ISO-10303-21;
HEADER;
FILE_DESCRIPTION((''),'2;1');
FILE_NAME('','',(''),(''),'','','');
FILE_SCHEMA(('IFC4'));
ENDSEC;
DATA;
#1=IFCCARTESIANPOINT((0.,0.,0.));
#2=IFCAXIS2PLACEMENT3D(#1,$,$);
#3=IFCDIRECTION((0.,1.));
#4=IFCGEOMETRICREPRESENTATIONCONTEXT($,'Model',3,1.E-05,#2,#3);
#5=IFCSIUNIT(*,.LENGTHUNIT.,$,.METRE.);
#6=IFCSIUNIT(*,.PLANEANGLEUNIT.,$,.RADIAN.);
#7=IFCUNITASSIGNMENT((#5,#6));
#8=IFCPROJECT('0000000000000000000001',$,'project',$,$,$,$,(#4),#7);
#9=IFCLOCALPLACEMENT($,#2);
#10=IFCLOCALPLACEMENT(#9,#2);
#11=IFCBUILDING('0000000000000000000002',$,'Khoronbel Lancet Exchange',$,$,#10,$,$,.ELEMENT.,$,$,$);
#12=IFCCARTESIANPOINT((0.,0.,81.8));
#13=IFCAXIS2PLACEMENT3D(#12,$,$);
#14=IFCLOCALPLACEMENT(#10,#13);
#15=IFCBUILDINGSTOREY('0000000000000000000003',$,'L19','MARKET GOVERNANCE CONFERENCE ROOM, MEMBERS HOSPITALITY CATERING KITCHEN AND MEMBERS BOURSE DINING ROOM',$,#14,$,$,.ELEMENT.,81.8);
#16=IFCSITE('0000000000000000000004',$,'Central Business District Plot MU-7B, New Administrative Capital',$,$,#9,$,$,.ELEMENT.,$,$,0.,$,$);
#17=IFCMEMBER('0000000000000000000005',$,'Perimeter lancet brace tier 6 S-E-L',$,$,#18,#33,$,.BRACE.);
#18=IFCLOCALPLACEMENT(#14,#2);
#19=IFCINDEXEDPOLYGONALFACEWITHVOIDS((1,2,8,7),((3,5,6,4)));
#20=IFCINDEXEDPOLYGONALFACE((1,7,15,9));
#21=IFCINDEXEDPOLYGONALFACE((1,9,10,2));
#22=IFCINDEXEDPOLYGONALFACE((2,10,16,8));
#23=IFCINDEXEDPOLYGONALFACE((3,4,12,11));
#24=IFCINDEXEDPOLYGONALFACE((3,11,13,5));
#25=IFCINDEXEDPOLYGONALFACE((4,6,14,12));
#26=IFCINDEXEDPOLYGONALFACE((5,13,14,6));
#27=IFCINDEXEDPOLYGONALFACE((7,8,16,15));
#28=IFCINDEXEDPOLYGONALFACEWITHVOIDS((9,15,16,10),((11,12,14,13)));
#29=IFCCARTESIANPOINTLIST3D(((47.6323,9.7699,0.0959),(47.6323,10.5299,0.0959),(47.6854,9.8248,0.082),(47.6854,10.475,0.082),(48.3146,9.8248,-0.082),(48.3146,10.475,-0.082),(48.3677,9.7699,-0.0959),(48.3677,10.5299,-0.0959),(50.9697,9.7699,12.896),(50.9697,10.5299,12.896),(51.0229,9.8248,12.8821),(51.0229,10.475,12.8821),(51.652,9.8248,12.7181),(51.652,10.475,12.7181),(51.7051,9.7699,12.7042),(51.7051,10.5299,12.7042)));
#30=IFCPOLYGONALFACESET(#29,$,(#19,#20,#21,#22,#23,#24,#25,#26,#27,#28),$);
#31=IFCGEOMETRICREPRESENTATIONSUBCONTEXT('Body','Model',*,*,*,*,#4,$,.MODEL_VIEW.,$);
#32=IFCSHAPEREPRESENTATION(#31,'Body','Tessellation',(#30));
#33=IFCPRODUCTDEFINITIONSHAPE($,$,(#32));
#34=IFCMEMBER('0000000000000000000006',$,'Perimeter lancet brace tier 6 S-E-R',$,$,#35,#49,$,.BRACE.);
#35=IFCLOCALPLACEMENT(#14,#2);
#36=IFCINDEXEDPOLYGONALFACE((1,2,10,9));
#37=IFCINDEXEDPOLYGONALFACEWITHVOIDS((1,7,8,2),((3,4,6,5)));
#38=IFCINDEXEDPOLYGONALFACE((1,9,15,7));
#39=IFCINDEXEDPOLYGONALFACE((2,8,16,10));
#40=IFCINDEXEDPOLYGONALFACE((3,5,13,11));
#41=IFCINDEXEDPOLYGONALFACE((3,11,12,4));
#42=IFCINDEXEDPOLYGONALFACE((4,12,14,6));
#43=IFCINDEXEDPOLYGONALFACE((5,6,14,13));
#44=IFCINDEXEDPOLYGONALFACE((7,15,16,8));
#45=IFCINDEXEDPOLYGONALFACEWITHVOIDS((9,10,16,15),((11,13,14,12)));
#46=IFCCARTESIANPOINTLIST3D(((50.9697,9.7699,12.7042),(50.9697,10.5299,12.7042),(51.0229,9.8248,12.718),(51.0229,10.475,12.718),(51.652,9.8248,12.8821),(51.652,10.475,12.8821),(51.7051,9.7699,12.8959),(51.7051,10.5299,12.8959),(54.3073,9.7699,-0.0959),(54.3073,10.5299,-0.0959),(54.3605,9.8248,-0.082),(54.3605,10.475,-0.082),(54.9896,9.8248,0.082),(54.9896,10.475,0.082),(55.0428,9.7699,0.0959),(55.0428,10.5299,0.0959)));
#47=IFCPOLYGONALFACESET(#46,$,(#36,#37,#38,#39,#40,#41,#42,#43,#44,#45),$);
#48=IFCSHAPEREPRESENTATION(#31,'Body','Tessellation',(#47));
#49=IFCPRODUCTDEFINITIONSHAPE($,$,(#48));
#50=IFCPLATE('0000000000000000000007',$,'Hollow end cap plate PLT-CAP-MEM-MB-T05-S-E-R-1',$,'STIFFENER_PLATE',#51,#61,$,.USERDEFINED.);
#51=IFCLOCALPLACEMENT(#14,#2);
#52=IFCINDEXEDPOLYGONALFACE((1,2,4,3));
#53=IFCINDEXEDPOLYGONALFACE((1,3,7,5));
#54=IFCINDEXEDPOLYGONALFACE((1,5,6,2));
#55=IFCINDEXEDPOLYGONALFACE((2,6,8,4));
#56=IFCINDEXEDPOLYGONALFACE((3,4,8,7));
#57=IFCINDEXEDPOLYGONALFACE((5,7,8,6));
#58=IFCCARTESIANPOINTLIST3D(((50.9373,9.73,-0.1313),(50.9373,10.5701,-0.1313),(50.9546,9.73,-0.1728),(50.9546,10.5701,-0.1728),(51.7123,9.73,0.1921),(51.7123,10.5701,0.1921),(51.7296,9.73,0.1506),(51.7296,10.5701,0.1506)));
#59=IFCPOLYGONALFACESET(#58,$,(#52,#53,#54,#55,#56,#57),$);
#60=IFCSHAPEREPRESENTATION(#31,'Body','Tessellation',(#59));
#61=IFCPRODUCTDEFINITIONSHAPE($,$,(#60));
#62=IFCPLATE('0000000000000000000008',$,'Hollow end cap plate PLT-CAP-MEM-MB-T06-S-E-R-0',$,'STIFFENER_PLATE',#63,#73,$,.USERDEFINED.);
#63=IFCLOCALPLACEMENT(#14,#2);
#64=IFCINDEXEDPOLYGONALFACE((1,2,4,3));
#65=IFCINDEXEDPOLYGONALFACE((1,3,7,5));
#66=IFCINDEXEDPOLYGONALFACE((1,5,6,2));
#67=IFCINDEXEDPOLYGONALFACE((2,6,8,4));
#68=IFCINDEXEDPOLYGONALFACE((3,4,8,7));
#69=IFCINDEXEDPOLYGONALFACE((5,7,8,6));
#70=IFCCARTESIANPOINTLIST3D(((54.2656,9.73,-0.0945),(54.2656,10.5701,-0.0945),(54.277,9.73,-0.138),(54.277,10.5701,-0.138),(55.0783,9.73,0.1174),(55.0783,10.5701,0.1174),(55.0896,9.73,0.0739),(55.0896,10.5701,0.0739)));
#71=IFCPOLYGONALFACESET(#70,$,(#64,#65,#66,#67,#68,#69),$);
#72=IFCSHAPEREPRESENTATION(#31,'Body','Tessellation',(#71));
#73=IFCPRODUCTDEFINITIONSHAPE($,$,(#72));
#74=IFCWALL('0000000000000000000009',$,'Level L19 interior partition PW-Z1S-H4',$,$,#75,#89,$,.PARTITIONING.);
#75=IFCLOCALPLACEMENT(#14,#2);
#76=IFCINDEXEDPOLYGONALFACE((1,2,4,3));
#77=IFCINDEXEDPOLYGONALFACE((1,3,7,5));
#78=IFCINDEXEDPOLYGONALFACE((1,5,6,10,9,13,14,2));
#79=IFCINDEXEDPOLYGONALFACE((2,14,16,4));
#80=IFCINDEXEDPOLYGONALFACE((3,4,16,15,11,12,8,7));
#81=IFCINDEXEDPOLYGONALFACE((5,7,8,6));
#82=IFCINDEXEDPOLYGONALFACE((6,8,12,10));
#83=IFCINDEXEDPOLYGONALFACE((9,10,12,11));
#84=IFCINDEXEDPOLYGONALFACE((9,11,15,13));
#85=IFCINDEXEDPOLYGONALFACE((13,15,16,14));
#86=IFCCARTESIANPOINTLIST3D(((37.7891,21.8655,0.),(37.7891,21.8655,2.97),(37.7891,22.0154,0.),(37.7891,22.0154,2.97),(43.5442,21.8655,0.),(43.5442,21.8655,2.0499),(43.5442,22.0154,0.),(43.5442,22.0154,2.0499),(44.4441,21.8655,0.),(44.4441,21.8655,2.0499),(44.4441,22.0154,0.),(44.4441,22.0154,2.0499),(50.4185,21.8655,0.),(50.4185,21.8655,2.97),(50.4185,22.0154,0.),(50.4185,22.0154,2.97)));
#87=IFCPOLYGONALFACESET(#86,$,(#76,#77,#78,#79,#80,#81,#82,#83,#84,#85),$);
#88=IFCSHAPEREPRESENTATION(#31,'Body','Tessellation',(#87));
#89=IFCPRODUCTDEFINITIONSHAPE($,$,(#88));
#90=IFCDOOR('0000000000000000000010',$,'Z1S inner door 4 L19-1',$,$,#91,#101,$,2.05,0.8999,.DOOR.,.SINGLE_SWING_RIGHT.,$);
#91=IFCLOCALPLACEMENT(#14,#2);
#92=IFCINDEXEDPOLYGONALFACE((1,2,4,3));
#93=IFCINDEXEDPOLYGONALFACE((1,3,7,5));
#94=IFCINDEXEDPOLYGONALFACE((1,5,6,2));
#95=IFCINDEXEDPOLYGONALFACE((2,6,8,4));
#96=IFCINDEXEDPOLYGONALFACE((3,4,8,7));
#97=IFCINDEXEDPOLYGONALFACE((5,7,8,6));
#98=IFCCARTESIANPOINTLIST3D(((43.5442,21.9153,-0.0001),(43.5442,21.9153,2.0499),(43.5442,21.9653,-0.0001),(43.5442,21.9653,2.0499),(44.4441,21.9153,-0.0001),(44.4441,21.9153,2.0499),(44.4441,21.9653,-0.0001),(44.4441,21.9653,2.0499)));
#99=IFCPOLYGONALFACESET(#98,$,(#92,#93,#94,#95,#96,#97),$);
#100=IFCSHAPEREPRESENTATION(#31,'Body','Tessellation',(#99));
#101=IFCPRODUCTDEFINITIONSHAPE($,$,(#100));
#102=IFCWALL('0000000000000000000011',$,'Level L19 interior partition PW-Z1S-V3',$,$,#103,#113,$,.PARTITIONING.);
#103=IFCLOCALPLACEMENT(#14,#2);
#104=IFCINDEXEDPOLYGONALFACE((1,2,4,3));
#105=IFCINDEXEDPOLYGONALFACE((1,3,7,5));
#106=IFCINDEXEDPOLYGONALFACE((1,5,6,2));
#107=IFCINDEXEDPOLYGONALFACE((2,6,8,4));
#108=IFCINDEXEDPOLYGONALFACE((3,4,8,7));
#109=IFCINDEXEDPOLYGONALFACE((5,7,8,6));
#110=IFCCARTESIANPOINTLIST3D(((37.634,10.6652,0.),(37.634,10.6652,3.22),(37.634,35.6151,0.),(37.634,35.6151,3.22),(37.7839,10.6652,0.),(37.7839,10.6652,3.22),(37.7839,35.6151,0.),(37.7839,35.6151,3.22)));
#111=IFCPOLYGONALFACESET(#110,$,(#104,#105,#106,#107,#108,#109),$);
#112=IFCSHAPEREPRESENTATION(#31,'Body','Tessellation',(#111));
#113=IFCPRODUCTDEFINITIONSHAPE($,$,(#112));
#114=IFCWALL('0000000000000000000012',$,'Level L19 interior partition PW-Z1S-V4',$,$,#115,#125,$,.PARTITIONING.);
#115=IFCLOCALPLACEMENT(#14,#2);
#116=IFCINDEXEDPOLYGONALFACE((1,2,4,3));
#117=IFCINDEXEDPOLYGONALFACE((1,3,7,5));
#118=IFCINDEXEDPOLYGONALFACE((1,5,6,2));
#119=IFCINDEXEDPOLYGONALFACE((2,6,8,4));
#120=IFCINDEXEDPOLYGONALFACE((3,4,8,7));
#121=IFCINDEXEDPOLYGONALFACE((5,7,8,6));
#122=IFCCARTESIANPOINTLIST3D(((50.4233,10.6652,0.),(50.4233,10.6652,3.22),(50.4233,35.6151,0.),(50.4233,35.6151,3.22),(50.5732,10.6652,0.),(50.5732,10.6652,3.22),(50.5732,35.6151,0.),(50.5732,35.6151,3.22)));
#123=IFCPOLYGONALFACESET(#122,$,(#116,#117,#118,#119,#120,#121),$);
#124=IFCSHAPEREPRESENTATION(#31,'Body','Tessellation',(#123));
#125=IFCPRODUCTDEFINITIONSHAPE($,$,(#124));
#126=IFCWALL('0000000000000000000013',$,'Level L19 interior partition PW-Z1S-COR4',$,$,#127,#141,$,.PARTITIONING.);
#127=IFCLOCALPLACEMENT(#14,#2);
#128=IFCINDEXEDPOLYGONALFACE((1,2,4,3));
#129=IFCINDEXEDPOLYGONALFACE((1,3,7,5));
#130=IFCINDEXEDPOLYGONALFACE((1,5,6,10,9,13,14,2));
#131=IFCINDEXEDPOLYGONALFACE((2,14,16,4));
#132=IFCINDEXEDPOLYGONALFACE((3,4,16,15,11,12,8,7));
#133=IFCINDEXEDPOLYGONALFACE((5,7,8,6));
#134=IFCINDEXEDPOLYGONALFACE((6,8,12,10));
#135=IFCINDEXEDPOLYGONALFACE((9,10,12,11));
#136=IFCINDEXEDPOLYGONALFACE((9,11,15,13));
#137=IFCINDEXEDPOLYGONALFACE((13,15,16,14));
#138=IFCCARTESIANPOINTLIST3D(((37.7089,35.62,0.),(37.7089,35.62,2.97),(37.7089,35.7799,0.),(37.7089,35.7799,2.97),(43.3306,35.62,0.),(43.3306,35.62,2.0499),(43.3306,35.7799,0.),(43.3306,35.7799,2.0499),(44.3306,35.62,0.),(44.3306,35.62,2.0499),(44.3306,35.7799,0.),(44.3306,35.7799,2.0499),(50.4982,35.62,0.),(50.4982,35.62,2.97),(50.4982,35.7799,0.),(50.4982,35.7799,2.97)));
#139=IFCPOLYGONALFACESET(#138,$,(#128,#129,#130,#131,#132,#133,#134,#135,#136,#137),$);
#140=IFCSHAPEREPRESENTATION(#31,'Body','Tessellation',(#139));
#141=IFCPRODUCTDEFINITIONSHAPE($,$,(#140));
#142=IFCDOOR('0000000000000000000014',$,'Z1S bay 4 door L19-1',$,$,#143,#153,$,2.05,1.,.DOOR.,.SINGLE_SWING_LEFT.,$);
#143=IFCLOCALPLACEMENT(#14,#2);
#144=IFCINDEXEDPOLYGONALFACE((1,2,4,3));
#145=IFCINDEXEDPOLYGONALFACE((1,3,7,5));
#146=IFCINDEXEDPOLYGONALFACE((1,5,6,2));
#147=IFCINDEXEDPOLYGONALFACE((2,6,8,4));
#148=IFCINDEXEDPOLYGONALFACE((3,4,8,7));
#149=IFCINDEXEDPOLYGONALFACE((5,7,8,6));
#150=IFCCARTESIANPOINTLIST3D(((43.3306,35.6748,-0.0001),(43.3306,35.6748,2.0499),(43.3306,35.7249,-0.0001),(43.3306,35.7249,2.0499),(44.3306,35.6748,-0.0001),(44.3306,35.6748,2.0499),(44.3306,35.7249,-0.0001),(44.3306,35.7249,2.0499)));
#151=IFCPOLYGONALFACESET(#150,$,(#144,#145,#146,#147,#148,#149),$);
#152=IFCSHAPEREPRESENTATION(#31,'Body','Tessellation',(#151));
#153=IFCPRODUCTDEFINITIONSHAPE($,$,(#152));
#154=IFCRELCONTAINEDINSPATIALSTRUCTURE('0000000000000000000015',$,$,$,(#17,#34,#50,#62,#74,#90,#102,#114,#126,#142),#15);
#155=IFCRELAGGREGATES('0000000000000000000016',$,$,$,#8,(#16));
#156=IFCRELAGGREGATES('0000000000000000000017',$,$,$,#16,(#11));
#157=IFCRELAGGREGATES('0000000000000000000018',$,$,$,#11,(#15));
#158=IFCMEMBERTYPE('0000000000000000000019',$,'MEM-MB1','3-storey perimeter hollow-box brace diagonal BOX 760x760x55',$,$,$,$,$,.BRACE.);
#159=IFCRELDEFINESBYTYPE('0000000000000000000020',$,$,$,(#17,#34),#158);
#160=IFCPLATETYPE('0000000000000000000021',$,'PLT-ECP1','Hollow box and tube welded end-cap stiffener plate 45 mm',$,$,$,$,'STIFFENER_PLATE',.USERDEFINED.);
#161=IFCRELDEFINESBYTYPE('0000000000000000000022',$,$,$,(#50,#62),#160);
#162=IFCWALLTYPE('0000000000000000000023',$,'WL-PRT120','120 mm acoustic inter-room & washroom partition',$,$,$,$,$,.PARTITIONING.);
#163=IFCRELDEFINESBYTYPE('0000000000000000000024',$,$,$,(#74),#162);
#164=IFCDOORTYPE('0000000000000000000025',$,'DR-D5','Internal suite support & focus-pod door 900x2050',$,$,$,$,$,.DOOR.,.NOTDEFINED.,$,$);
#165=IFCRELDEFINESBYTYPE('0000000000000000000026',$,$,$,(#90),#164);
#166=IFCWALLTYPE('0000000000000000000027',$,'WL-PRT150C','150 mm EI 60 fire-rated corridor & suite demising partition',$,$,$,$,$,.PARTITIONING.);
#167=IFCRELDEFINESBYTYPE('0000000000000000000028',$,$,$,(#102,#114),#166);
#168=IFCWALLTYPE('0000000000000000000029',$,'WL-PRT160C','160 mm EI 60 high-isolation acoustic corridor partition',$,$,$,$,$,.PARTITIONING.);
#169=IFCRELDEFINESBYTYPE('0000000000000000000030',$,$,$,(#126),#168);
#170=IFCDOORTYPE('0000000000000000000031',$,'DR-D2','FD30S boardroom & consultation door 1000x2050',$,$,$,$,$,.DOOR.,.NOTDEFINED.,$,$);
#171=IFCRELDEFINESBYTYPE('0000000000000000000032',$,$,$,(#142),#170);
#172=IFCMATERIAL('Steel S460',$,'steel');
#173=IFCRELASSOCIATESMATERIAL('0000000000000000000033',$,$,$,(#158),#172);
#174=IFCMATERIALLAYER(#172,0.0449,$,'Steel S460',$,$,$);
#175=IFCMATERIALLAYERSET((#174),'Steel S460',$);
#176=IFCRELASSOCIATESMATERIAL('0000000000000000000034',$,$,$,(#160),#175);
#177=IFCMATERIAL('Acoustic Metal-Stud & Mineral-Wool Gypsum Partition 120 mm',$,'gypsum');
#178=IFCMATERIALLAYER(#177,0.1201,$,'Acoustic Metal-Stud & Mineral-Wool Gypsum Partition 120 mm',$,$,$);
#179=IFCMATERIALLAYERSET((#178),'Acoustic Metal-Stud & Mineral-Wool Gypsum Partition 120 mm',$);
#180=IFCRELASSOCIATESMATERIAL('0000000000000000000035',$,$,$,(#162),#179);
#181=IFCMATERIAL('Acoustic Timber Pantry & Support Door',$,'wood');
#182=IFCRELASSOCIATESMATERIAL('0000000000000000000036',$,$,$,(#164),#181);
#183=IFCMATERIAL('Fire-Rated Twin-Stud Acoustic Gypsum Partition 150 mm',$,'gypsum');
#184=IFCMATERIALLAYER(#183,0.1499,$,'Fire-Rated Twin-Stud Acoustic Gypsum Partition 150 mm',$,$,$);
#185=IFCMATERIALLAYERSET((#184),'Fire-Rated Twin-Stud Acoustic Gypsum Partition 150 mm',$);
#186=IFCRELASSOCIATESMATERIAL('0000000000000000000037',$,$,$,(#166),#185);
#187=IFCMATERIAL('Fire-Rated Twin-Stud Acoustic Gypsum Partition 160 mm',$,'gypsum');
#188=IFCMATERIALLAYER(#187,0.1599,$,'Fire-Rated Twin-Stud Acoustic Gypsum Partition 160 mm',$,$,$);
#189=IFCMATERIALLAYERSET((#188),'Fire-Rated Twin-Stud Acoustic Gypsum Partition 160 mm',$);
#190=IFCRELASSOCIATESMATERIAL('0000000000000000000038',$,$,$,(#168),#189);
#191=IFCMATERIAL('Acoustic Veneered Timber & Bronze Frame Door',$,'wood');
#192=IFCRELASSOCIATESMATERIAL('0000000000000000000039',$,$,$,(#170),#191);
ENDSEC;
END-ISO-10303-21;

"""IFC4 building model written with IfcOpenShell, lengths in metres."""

from ifc_helpers import new_model, si_unit, direction, frame, frame_2d, origin, origin_2d, place, context, subcontext, project, spatial, polyline, rectangle, hollow_rectangle, outline, extrude, material, layer, layer_set, material_profile, profile_set, type_object, element, fill, save


model = new_model("IFC4")

# Units and contexts
model_context = context("Model", 3, precision=1e-05, world=origin(), true_north=direction((0.0, 1.0)))
body_context = subcontext(model_context, "Body", "Model", "MODEL_VIEW")
ifc_project = project(units=[si_unit("LENGTHUNIT", "METRE"), si_unit("PLANEANGLEUNIT", "RADIAN")], contexts=[model_context])

# Site, building, storey
site_placement = place(None, origin())
site = spatial("IfcSite", under=ifc_project, at=site_placement, Name="Central Business District Plot MU-7B, New Administrative Capital", CompositionType="ELEMENT", RefElevation=0.0)
building_placement = place(site_placement, origin())
building = spatial("IfcBuilding", under=site, at=building_placement, Name="Khoronbel Lancet Exchange", CompositionType="ELEMENT")
storey_placement = place(building_placement, frame((0.0, 0.0, 81.8)))
storey = spatial("IfcBuildingStorey", under=building, at=storey_placement, Name="L19", Description="MARKET GOVERNANCE CONFERENCE ROOM, MEMBERS HOSPITALITY CATERING KITCHEN AND MEMBERS BOURSE DINING ROOM", CompositionType="ELEMENT", Elevation=81.8)

# Shared definitions
ifc_material_1 = material(Name="Steel S460", Category="steel")

# Members
ifc_material_profile_1 = material_profile(ifc_material_1, hollow_rectangle(XDim=0.76, YDim=0.76, WallThickness=0.0549, at=origin_2d()), Name="BOX 760x760x55")
ifc_profile_set_1 = profile_set([ifc_material_profile_1], Name="Steel S460")
member_type = type_object("IfcMemberType", Name="MEM-MB1", Description="3-storey perimeter hollow-box brace diagonal BOX 760x760x55", PredefinedType="BRACE", material=ifc_profile_set_1)
for number, where, z_axis, x_axis, name in (
    (1, (48.0, 10.1499, 0.0), (0.252299, 0.0, 0.967649), (0.0, 1.0, 0.0), "Perimeter lancet brace tier 6 S-E-L"),
    (2, (54.675, 10.1499, 0.0), (-0.252316, 0.0, 0.967645), (0.0, -1.0, 0.0), "Perimeter lancet brace tier 6 S-E-R"),
):
    element("IfcMember", number, at=place(storey_placement, frame(where, z_axis=z_axis, x_axis=x_axis)), inside=storey, type_object=member_type, Name=name, PredefinedType="BRACE", context=body_context, shape_type="SweptSolid", body=[
        extrude(hollow_rectangle(XDim=0.76, YDim=0.76, WallThickness=0.0549, at=origin_2d()), origin(), (0.0, 0.0, 1.0), 13.228),
    ])

# Plates
ifc_layer_1 = layer(ifc_material_1, 0.0449, Name="Steel S460")
ifc_layer_set_1 = layer_set([ifc_layer_1], Name="Steel S460")
plate_type = type_object("IfcPlateType", Name="PLT-ECP1", Description="Hollow box and tube welded end-cap stiffener plate 45 mm", ElementType="STIFFENER_PLATE", PredefinedType="USERDEFINED", material=ifc_layer_set_1)
for number, where, z_axis, x_axis, name in (
    (3, (50.9373, 10.5701, -0.1313), (-0.385131, 0.0, 0.922862), (0.0, -1.0, 0.0), "Hollow end cap plate PLT-CAP-MEM-MB-T05-S-E-R-1"),
    (4, (54.2656, 10.5701, -0.0945), (-0.252304, 0.0, 0.967648), (0.0, -1.0, 0.0), "Hollow end cap plate PLT-CAP-MEM-MB-T06-S-E-R-0"),
):
    element("IfcPlate", number, at=place(storey_placement, frame(where, z_axis=z_axis, x_axis=x_axis)), inside=storey, type_object=plate_type, Name=name, ObjectType="STIFFENER_PLATE", PredefinedType="USERDEFINED", context=body_context, shape_type="SweptSolid", body=[
        extrude(outline(polyline([(0.0, 0.0), (0.8401, 0.0), (0.8401, 0.8398), (0.0, 0.8398), (0.0, 0.0)])), origin(), (0.0, 0.0, -1.0), 0.0449),
    ])

# Wall, opening, door
ifc_material_2 = material(Name="Acoustic Metal-Stud & Mineral-Wool Gypsum Partition 120 mm", Category="gypsum")
ifc_layer_2 = layer(ifc_material_2, 0.1201, Name="Acoustic Metal-Stud & Mineral-Wool Gypsum Partition 120 mm")
ifc_layer_set_2 = layer_set([ifc_layer_2], Name="Acoustic Metal-Stud & Mineral-Wool Gypsum Partition 120 mm")
wall_type_1 = type_object("IfcWallType", Name="WL-PRT120", Description="120 mm acoustic inter-room & washroom partition", PredefinedType="PARTITIONING", material=ifc_layer_set_2)
wall_1_placement = place(storey_placement, frame((37.7891, 21.9404, 0.0), z_axis=(0.0, 0.0, 1.0), x_axis=(1.0, 0.0, 0.0)))
wall_1 = element("IfcWall", 5, at=wall_1_placement, inside=storey, type_object=wall_type_1, Name="Level L19 interior partition PW-Z1S-H4", PredefinedType="PARTITIONING", context=body_context, shape_type="SweptSolid", body=[
    extrude(rectangle(XDim=12.6294, YDim=0.1499, at=frame_2d((6.3147, 0.0))), origin(), (0.0, 0.0, 1.0), 2.97),
])
opening_1_placement = place(wall_1_placement, frame((5.7551, 0.0, 0.0)))
opening_1 = element("IfcOpeningElement", 6, at=opening_1_placement, cuts=wall_1, PredefinedType="OPENING", context=body_context, shape_type="SweptSolid", body=[
    extrude(rectangle(XDim=0.8999, YDim=2.05, at=frame_2d((0.45, 1.0249))), frame((0.0, 0.085, 0.0), z_axis=(0.0, -1.0, 0.0), x_axis=(1.0, 0.0, 0.0)), (0.0, 0.0, 1.0), 0.1699),
])
ifc_material_3 = material(Name="Acoustic Timber Pantry & Support Door", Category="wood")
door_type_1 = type_object("IfcDoorType", Name="DR-D5", Description="Internal suite support & focus-pod door 900x2050", OperationType="NOTDEFINED", PredefinedType="DOOR", material=ifc_material_3)
door_1_placement = place(opening_1_placement, origin())
door_1 = element("IfcDoor", 7, at=door_1_placement, inside=storey, type_object=door_type_1, Name="Z1S inner door 4 L19-1", OperationType="SINGLE_SWING_RIGHT", OverallHeight=2.05, OverallWidth=0.8999, PredefinedType="DOOR", context=body_context, shape_type="SweptSolid", body=[
    extrude(rectangle(XDim=0.8999, YDim=2.05, at=frame_2d((0.45, 1.0249))), frame((0.0, 0.0249, 0.0), z_axis=(0.0, -1.0, 0.0), x_axis=(1.0, 0.0, 0.0)), (0.0, 0.0, 1.0), 0.05),
])
fill(opening_1, door_1)

# Walls
ifc_material_4 = material(Name="Fire-Rated Twin-Stud Acoustic Gypsum Partition 150 mm", Category="gypsum")
ifc_layer_3 = layer(ifc_material_4, 0.1499, Name="Fire-Rated Twin-Stud Acoustic Gypsum Partition 150 mm")
ifc_layer_set_3 = layer_set([ifc_layer_3], Name="Fire-Rated Twin-Stud Acoustic Gypsum Partition 150 mm")
wall_type_2 = type_object("IfcWallType", Name="WL-PRT150C", Description="150 mm EI 60 fire-rated corridor & suite demising partition", PredefinedType="PARTITIONING", material=ifc_layer_set_3)
for number, where, z_axis, x_axis, name in (
    (8, (37.709, 10.665, 0.0), (0.0, 0.0, 1.0), (0.0, 1.0, 0.0), "Level L19 interior partition PW-Z1S-V3"),
    (9, (50.4983, 10.665, 0.0), (0.0, 0.0, 1.0), (0.0, 1.0, 0.0), "Level L19 interior partition PW-Z1S-V4"),
):
    element("IfcWall", number, at=place(storey_placement, frame(where, z_axis=z_axis, x_axis=x_axis)), inside=storey, type_object=wall_type_2, Name=name, PredefinedType="PARTITIONING", context=body_context, shape_type="SweptSolid", body=[
        extrude(rectangle(XDim=24.95, YDim=0.1499, at=frame_2d((12.4751, 0.0))), origin(), (0.0, 0.0, 1.0), 3.22),
    ])

# Wall, opening, door
ifc_material_5 = material(Name="Fire-Rated Twin-Stud Acoustic Gypsum Partition 160 mm", Category="gypsum")
ifc_layer_4 = layer(ifc_material_5, 0.1599, Name="Fire-Rated Twin-Stud Acoustic Gypsum Partition 160 mm")
ifc_layer_set_4 = layer_set([ifc_layer_4], Name="Fire-Rated Twin-Stud Acoustic Gypsum Partition 160 mm")
wall_type_3 = type_object("IfcWallType", Name="WL-PRT160C", Description="160 mm EI 60 high-isolation acoustic corridor partition", PredefinedType="PARTITIONING", material=ifc_layer_set_4)
wall_2_placement = place(storey_placement, frame((37.709, 35.7, 0.0), z_axis=(0.0, 0.0, 1.0), x_axis=(1.0, 0.0, 0.0)))
wall_2 = element("IfcWall", 10, at=wall_2_placement, inside=storey, type_object=wall_type_3, Name="Level L19 interior partition PW-Z1S-COR4", PredefinedType="PARTITIONING", context=body_context, shape_type="SweptSolid", body=[
    extrude(rectangle(XDim=12.7893, YDim=0.1599, at=frame_2d((6.3945, 0.0))), origin(), (0.0, 0.0, 1.0), 2.97),
])
opening_2_placement = place(wall_2_placement, frame((5.6216, 0.0, 0.0)))
opening_2 = element("IfcOpeningElement", 11, at=opening_2_placement, cuts=wall_2, PredefinedType="OPENING", context=body_context, shape_type="SweptSolid", body=[
    extrude(rectangle(XDim=1.0, YDim=2.05, at=frame_2d((0.5, 1.0249))), frame((0.0, 0.0898, 0.0), z_axis=(0.0, -1.0, 0.0), x_axis=(1.0, 0.0, 0.0)), (0.0, 0.0, 1.0), 0.1799),
])
ifc_material_6 = material(Name="Acoustic Veneered Timber & Bronze Frame Door", Category="wood")
door_type_2 = type_object("IfcDoorType", Name="DR-D2", Description="FD30S boardroom & consultation door 1000x2050", OperationType="NOTDEFINED", PredefinedType="DOOR", material=ifc_material_6)
door_2_placement = place(opening_2_placement, origin())
door_2 = element("IfcDoor", 12, at=door_2_placement, inside=storey, type_object=door_type_2, Name="Z1S bay 4 door L19-1", OperationType="SINGLE_SWING_LEFT", OverallHeight=2.05, OverallWidth=1.0, PredefinedType="DOOR", context=body_context, shape_type="SweptSolid", body=[
    extrude(rectangle(XDim=1.0, YDim=2.05, at=frame_2d((0.5, 1.0249))), frame((0.0, 0.0249, 0.0), z_axis=(0.0, -1.0, 0.0), x_axis=(1.0, 0.0, 0.0)), (0.0, 0.0, 1.0), 0.05),
])
fill(opening_2, door_2)

save(model, "model.ifc")
